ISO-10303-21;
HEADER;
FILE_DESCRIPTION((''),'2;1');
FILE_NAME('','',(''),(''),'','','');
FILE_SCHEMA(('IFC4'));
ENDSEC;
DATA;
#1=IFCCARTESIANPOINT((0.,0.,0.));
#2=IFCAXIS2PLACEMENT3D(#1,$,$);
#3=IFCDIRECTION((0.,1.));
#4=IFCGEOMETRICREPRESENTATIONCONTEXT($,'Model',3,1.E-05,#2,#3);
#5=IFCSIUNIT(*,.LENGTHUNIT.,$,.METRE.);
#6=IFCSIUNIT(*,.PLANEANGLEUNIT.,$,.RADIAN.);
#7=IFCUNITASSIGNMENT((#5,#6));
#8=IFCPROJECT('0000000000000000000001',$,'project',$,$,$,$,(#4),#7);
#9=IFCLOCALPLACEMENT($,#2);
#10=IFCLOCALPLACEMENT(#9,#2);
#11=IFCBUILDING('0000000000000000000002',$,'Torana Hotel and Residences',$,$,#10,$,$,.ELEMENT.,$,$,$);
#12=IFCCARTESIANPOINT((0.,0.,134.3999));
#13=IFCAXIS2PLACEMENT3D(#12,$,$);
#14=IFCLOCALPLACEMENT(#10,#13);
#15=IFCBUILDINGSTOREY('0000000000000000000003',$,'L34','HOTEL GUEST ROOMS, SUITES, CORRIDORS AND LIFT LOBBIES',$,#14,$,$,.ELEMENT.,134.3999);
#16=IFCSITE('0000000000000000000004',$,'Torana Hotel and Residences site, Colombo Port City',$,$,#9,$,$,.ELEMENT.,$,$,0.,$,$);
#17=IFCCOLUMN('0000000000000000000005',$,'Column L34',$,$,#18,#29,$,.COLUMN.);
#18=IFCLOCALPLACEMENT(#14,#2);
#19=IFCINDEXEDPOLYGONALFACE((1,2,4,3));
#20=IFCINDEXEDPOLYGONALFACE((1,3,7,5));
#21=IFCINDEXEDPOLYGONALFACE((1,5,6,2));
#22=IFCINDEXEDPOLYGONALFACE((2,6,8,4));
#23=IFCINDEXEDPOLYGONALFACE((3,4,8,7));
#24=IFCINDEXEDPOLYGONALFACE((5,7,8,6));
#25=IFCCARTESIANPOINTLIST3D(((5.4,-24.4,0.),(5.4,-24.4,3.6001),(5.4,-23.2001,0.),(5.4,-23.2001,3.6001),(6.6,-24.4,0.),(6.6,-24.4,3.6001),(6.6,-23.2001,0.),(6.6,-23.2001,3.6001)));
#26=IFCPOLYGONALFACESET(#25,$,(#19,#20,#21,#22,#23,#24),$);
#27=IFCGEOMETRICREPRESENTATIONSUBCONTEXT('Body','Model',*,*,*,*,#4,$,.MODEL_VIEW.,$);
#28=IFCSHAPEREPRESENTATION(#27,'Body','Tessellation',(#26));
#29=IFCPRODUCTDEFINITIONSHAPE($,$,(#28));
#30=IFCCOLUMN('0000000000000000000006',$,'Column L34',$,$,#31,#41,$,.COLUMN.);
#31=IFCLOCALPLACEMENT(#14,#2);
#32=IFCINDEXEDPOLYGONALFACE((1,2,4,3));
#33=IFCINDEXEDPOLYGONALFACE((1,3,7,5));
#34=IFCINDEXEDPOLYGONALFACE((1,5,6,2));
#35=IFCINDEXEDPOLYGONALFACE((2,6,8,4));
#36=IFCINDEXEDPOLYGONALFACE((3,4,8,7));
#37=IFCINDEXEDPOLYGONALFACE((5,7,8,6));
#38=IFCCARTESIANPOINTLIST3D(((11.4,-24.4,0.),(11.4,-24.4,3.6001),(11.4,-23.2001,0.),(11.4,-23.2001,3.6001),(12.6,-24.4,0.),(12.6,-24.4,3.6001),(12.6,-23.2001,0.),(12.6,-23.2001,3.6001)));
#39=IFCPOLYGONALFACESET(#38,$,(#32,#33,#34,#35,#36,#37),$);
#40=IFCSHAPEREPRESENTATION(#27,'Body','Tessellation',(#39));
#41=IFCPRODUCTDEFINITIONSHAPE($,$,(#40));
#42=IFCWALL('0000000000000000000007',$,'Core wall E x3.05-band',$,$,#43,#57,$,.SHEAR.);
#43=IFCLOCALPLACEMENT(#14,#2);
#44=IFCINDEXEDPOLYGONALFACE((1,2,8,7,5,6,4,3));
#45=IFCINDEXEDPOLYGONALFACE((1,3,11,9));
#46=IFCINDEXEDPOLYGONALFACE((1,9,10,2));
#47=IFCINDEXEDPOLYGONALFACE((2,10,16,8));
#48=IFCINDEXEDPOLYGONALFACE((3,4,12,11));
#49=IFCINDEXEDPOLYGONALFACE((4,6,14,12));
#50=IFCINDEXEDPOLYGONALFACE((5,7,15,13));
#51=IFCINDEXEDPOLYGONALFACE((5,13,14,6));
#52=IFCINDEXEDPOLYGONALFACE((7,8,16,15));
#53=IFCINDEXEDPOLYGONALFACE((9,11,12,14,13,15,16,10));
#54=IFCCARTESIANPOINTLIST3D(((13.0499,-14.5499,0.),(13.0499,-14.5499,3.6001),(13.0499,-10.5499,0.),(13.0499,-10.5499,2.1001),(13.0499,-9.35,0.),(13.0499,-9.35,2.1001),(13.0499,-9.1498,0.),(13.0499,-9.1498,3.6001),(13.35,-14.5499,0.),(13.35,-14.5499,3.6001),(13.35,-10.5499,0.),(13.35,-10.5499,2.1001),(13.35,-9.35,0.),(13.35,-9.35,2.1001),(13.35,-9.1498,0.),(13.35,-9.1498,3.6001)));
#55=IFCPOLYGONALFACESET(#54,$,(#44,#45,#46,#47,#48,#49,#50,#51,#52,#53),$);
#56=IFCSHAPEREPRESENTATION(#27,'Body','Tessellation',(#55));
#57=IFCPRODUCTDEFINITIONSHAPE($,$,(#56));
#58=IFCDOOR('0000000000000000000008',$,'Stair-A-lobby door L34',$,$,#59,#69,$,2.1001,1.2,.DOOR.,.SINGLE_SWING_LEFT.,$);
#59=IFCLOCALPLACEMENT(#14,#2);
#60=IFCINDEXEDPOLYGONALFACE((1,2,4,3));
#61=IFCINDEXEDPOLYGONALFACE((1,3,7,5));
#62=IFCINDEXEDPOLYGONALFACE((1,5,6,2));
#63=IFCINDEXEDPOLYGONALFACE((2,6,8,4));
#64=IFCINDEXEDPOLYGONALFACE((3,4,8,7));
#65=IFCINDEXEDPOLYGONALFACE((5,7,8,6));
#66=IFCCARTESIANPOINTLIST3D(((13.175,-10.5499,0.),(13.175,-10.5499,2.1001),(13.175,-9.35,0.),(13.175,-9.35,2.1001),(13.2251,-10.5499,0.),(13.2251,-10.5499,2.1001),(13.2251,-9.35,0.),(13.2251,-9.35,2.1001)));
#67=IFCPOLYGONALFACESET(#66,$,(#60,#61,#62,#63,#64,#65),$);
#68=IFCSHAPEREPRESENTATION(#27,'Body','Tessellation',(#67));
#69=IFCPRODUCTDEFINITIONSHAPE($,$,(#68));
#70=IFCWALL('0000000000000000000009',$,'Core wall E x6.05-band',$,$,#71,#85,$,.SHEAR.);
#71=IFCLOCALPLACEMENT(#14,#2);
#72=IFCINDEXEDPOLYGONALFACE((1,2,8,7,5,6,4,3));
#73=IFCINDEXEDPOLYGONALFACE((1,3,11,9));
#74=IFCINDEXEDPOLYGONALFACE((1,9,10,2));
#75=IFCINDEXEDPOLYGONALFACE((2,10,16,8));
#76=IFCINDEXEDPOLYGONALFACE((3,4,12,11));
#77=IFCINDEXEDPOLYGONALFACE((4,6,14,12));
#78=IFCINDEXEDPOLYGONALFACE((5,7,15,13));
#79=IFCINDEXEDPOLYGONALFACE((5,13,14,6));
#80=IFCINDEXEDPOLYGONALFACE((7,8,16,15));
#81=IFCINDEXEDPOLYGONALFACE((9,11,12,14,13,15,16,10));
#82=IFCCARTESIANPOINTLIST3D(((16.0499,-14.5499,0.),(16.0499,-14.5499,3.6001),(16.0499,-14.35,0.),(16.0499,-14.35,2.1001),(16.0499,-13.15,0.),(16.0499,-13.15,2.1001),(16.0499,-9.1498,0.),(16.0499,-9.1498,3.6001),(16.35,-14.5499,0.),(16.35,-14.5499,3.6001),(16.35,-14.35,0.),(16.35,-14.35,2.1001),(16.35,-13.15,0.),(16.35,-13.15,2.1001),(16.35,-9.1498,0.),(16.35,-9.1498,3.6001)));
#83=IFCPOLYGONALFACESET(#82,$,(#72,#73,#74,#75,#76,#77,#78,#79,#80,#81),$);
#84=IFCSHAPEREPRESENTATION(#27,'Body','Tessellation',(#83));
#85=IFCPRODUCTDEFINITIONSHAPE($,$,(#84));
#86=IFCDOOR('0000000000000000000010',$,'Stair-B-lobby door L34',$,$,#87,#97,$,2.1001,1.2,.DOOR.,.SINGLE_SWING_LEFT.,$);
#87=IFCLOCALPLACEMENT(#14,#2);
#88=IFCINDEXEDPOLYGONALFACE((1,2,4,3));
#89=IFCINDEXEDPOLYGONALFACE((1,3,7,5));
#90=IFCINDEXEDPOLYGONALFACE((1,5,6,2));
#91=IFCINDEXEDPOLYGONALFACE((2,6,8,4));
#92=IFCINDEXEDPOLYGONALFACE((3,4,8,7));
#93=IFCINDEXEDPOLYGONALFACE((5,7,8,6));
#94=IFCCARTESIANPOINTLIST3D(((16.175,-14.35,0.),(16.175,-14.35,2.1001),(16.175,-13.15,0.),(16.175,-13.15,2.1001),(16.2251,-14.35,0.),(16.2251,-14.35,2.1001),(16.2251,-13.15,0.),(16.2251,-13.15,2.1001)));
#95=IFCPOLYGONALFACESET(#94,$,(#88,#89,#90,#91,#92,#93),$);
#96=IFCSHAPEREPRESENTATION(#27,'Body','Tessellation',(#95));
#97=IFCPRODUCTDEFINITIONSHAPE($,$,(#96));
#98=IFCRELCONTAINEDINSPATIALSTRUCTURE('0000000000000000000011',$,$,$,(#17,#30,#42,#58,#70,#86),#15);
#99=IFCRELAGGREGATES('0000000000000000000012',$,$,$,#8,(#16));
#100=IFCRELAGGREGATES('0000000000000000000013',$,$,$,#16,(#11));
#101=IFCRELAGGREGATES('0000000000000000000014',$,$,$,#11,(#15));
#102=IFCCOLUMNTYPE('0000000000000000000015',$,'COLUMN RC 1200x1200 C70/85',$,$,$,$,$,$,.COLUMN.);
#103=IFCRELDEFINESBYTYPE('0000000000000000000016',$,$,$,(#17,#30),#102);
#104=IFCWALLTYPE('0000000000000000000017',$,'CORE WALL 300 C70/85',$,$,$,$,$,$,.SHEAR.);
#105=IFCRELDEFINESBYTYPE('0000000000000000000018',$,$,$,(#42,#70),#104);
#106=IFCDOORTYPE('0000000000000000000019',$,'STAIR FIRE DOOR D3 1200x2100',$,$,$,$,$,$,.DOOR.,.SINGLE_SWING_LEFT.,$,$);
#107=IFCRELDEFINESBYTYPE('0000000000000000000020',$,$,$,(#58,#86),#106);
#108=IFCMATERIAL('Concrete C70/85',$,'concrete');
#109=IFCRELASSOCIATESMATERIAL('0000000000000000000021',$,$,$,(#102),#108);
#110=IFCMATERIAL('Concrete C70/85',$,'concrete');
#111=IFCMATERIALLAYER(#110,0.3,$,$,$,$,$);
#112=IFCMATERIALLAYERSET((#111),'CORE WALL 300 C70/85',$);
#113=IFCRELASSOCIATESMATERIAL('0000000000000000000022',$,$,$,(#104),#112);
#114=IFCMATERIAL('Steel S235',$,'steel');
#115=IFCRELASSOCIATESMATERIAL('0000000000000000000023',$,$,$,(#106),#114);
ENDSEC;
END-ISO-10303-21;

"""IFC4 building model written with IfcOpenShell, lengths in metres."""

from ifc_helpers import new_model, si_unit, direction, frame, frame_2d, origin, origin_2d, place, context, subcontext, project, spatial, rectangle, extrude, material, layer, layer_set, material_profile, profile_set, type_object, element, fill, save


model = new_model("IFC4")

# Units and contexts
model_context = context("Model", 3, precision=1e-05, world=origin(), true_north=direction((0.0, 1.0)))
body_context = subcontext(model_context, "Body", "Model", "MODEL_VIEW")
ifc_project = project(units=[si_unit("LENGTHUNIT", "METRE"), si_unit("PLANEANGLEUNIT", "RADIAN")], contexts=[model_context])

# Site, building, storey
site_placement = place(None, origin())
site = spatial("IfcSite", under=ifc_project, at=site_placement, Name="Torana Hotel and Residences site, Colombo Port City", CompositionType="ELEMENT", RefElevation=0.0)
building_placement = place(site_placement, origin())
building = spatial("IfcBuilding", under=site, at=building_placement, Name="Torana Hotel and Residences", CompositionType="ELEMENT")
storey_placement = place(building_placement, frame((0.0, 0.0, 134.3999)))
storey = spatial("IfcBuildingStorey", under=building, at=storey_placement, Name="L34", Description="HOTEL GUEST ROOMS, SUITES, CORRIDORS AND LIFT LOBBIES", CompositionType="ELEMENT", Elevation=134.3999)

# Columns
ifc_material_1 = material(Name="Concrete C70/85", Category="concrete")
ifc_material_profile = material_profile(ifc_material_1, rectangle(XDim=1.2, YDim=1.2, at=origin_2d()), Name="RC 1200x1200")
ifc_profile_set = profile_set([ifc_material_profile], Name="Concrete C70/85")
column_type = type_object("IfcColumnType", Name="COLUMN RC 1200x1200 C70/85", PredefinedType="COLUMN", material=ifc_profile_set)
for number, where, z_axis, x_axis, name in (
    (1, (6.0, -23.8, 0.0), (0.0, 0.0, 1.0), (1.0, 0.0, 0.0), "Column L34"),
    (2, (12.0, -23.8, 0.0), (0.0, 0.0, 1.0), (1.0, 0.0, 0.0), "Column L34"),
):
    element("IfcColumn", number, at=place(storey_placement, frame(where, z_axis=z_axis, x_axis=x_axis)), inside=storey, type_object=column_type, Name=name, PredefinedType="COLUMN", context=body_context, shape_type="SweptSolid", body=[
        extrude(rectangle(XDim=1.2, YDim=1.2, at=origin_2d()), origin(), (0.0, 0.0, 1.0), 3.6001),
    ])

# Walls, openings, doors
ifc_material_2 = material(Name="Concrete C70/85", Category="concrete")
ifc_layer_1 = layer(ifc_material_2, 0.3)
ifc_layer_set_1 = layer_set([ifc_layer_1], Name="CORE WALL 300 C70/85")
wall_type_1 = type_object("IfcWallType", Name="CORE WALL 300 C70/85", PredefinedType="SHEAR", material=ifc_layer_set_1)
wall_1_placement = place(storey_placement, frame((13.2, -14.55, 0.0), z_axis=(0.0, 0.0, 1.0), x_axis=(0.0, 1.0, 0.0)))
wall_1 = element("IfcWall", 3, at=wall_1_placement, inside=storey, type_object=wall_type_1, Name="Core wall E x3.05-band", PredefinedType="SHEAR", context=body_context, shape_type="SweptSolid", body=[
    extrude(rectangle(XDim=5.4001, YDim=0.3, at=frame_2d((2.7002, 0.0))), origin(), (0.0, 0.0, 1.0), 3.6001),
])
opening_1_placement = place(wall_1_placement, frame((4.0, 0.0, 0.0)))
opening_1 = element("IfcOpeningElement", 4, at=opening_1_placement, cuts=wall_1, PredefinedType="OPENING", context=body_context, shape_type="SweptSolid", body=[
    extrude(rectangle(XDim=1.2, YDim=2.1001, at=frame_2d((0.6001, 1.05))), frame((0.0, 0.1599, 0.0), z_axis=(0.0, -1.0, 0.0), x_axis=(1.0, 0.0, 0.0)), (0.0, 0.0, 1.0), 0.3201),
])
ifc_material_3 = material(Name="Steel S235", Category="steel")
door_type_1 = type_object("IfcDoorType", Name="STAIR FIRE DOOR D3 1200x2100", OperationType="SINGLE_SWING_LEFT", PredefinedType="DOOR", material=ifc_material_3)
door_1_placement = place(opening_1_placement, origin())
door_1 = element("IfcDoor", 5, at=door_1_placement, inside=storey, type_object=door_type_1, Name="Stair-A-lobby door L34", OperationType="SINGLE_SWING_LEFT", OverallHeight=2.1001, OverallWidth=1.2, PredefinedType="DOOR", context=body_context, shape_type="SweptSolid", body=[
    extrude(rectangle(XDim=1.2, YDim=2.1001, at=frame_2d((0.6001, 1.05))), frame((0.0, 0.0249, 0.0), z_axis=(0.0, -1.0, 0.0), x_axis=(1.0, 0.0, 0.0)), (0.0, 0.0, 1.0), 0.05),
])
fill(opening_1, door_1)
wall_2_placement = place(storey_placement, frame((16.2, -14.55, 0.0), z_axis=(0.0, 0.0, 1.0), x_axis=(0.0, 1.0, 0.0)))
wall_2 = element("IfcWall", 6, at=wall_2_placement, inside=storey, type_object=wall_type_1, Name="Core wall E x6.05-band", PredefinedType="SHEAR", context=body_context, shape_type="SweptSolid", body=[
    extrude(rectangle(XDim=5.4001, YDim=0.3, at=frame_2d((2.7002, 0.0))), origin(), (0.0, 0.0, 1.0), 3.6001),
])
opening_2_placement = place(wall_2_placement, frame((0.2, 0.0, 0.0)))
opening_2 = element("IfcOpeningElement", 7, at=opening_2_placement, cuts=wall_2, PredefinedType="OPENING", context=body_context, shape_type="SweptSolid", body=[
    extrude(rectangle(XDim=1.2, YDim=2.1001, at=frame_2d((0.6001, 1.05))), frame((0.0, 0.1599, 0.0), z_axis=(0.0, -1.0, 0.0), x_axis=(1.0, 0.0, 0.0)), (0.0, 0.0, 1.0), 0.3201),
])
door_2_placement = place(opening_2_placement, frame((0.6001, 0.0, 0.0), z_axis=(0.0, 0.0, 1.0), x_axis=(-1.0, 0.0, 0.0)))
door_2 = element("IfcDoor", 8, at=door_2_placement, inside=storey, type_object=door_type_1, Name="Stair-B-lobby door L34", OperationType="SINGLE_SWING_LEFT", OverallHeight=2.1001, OverallWidth=1.2, PredefinedType="DOOR", context=body_context, shape_type="SweptSolid", body=[
    extrude(rectangle(XDim=1.2, YDim=2.1001, at=frame_2d((0.0, 1.05))), frame((0.0, -0.0249, 0.0), z_axis=(0.0, 1.0, 0.0), x_axis=(-1.0, 0.0, 0.0)), (0.0, 0.0, 1.0), 0.05),
])
fill(opening_2, door_2)

save(model, "model.ifc")
